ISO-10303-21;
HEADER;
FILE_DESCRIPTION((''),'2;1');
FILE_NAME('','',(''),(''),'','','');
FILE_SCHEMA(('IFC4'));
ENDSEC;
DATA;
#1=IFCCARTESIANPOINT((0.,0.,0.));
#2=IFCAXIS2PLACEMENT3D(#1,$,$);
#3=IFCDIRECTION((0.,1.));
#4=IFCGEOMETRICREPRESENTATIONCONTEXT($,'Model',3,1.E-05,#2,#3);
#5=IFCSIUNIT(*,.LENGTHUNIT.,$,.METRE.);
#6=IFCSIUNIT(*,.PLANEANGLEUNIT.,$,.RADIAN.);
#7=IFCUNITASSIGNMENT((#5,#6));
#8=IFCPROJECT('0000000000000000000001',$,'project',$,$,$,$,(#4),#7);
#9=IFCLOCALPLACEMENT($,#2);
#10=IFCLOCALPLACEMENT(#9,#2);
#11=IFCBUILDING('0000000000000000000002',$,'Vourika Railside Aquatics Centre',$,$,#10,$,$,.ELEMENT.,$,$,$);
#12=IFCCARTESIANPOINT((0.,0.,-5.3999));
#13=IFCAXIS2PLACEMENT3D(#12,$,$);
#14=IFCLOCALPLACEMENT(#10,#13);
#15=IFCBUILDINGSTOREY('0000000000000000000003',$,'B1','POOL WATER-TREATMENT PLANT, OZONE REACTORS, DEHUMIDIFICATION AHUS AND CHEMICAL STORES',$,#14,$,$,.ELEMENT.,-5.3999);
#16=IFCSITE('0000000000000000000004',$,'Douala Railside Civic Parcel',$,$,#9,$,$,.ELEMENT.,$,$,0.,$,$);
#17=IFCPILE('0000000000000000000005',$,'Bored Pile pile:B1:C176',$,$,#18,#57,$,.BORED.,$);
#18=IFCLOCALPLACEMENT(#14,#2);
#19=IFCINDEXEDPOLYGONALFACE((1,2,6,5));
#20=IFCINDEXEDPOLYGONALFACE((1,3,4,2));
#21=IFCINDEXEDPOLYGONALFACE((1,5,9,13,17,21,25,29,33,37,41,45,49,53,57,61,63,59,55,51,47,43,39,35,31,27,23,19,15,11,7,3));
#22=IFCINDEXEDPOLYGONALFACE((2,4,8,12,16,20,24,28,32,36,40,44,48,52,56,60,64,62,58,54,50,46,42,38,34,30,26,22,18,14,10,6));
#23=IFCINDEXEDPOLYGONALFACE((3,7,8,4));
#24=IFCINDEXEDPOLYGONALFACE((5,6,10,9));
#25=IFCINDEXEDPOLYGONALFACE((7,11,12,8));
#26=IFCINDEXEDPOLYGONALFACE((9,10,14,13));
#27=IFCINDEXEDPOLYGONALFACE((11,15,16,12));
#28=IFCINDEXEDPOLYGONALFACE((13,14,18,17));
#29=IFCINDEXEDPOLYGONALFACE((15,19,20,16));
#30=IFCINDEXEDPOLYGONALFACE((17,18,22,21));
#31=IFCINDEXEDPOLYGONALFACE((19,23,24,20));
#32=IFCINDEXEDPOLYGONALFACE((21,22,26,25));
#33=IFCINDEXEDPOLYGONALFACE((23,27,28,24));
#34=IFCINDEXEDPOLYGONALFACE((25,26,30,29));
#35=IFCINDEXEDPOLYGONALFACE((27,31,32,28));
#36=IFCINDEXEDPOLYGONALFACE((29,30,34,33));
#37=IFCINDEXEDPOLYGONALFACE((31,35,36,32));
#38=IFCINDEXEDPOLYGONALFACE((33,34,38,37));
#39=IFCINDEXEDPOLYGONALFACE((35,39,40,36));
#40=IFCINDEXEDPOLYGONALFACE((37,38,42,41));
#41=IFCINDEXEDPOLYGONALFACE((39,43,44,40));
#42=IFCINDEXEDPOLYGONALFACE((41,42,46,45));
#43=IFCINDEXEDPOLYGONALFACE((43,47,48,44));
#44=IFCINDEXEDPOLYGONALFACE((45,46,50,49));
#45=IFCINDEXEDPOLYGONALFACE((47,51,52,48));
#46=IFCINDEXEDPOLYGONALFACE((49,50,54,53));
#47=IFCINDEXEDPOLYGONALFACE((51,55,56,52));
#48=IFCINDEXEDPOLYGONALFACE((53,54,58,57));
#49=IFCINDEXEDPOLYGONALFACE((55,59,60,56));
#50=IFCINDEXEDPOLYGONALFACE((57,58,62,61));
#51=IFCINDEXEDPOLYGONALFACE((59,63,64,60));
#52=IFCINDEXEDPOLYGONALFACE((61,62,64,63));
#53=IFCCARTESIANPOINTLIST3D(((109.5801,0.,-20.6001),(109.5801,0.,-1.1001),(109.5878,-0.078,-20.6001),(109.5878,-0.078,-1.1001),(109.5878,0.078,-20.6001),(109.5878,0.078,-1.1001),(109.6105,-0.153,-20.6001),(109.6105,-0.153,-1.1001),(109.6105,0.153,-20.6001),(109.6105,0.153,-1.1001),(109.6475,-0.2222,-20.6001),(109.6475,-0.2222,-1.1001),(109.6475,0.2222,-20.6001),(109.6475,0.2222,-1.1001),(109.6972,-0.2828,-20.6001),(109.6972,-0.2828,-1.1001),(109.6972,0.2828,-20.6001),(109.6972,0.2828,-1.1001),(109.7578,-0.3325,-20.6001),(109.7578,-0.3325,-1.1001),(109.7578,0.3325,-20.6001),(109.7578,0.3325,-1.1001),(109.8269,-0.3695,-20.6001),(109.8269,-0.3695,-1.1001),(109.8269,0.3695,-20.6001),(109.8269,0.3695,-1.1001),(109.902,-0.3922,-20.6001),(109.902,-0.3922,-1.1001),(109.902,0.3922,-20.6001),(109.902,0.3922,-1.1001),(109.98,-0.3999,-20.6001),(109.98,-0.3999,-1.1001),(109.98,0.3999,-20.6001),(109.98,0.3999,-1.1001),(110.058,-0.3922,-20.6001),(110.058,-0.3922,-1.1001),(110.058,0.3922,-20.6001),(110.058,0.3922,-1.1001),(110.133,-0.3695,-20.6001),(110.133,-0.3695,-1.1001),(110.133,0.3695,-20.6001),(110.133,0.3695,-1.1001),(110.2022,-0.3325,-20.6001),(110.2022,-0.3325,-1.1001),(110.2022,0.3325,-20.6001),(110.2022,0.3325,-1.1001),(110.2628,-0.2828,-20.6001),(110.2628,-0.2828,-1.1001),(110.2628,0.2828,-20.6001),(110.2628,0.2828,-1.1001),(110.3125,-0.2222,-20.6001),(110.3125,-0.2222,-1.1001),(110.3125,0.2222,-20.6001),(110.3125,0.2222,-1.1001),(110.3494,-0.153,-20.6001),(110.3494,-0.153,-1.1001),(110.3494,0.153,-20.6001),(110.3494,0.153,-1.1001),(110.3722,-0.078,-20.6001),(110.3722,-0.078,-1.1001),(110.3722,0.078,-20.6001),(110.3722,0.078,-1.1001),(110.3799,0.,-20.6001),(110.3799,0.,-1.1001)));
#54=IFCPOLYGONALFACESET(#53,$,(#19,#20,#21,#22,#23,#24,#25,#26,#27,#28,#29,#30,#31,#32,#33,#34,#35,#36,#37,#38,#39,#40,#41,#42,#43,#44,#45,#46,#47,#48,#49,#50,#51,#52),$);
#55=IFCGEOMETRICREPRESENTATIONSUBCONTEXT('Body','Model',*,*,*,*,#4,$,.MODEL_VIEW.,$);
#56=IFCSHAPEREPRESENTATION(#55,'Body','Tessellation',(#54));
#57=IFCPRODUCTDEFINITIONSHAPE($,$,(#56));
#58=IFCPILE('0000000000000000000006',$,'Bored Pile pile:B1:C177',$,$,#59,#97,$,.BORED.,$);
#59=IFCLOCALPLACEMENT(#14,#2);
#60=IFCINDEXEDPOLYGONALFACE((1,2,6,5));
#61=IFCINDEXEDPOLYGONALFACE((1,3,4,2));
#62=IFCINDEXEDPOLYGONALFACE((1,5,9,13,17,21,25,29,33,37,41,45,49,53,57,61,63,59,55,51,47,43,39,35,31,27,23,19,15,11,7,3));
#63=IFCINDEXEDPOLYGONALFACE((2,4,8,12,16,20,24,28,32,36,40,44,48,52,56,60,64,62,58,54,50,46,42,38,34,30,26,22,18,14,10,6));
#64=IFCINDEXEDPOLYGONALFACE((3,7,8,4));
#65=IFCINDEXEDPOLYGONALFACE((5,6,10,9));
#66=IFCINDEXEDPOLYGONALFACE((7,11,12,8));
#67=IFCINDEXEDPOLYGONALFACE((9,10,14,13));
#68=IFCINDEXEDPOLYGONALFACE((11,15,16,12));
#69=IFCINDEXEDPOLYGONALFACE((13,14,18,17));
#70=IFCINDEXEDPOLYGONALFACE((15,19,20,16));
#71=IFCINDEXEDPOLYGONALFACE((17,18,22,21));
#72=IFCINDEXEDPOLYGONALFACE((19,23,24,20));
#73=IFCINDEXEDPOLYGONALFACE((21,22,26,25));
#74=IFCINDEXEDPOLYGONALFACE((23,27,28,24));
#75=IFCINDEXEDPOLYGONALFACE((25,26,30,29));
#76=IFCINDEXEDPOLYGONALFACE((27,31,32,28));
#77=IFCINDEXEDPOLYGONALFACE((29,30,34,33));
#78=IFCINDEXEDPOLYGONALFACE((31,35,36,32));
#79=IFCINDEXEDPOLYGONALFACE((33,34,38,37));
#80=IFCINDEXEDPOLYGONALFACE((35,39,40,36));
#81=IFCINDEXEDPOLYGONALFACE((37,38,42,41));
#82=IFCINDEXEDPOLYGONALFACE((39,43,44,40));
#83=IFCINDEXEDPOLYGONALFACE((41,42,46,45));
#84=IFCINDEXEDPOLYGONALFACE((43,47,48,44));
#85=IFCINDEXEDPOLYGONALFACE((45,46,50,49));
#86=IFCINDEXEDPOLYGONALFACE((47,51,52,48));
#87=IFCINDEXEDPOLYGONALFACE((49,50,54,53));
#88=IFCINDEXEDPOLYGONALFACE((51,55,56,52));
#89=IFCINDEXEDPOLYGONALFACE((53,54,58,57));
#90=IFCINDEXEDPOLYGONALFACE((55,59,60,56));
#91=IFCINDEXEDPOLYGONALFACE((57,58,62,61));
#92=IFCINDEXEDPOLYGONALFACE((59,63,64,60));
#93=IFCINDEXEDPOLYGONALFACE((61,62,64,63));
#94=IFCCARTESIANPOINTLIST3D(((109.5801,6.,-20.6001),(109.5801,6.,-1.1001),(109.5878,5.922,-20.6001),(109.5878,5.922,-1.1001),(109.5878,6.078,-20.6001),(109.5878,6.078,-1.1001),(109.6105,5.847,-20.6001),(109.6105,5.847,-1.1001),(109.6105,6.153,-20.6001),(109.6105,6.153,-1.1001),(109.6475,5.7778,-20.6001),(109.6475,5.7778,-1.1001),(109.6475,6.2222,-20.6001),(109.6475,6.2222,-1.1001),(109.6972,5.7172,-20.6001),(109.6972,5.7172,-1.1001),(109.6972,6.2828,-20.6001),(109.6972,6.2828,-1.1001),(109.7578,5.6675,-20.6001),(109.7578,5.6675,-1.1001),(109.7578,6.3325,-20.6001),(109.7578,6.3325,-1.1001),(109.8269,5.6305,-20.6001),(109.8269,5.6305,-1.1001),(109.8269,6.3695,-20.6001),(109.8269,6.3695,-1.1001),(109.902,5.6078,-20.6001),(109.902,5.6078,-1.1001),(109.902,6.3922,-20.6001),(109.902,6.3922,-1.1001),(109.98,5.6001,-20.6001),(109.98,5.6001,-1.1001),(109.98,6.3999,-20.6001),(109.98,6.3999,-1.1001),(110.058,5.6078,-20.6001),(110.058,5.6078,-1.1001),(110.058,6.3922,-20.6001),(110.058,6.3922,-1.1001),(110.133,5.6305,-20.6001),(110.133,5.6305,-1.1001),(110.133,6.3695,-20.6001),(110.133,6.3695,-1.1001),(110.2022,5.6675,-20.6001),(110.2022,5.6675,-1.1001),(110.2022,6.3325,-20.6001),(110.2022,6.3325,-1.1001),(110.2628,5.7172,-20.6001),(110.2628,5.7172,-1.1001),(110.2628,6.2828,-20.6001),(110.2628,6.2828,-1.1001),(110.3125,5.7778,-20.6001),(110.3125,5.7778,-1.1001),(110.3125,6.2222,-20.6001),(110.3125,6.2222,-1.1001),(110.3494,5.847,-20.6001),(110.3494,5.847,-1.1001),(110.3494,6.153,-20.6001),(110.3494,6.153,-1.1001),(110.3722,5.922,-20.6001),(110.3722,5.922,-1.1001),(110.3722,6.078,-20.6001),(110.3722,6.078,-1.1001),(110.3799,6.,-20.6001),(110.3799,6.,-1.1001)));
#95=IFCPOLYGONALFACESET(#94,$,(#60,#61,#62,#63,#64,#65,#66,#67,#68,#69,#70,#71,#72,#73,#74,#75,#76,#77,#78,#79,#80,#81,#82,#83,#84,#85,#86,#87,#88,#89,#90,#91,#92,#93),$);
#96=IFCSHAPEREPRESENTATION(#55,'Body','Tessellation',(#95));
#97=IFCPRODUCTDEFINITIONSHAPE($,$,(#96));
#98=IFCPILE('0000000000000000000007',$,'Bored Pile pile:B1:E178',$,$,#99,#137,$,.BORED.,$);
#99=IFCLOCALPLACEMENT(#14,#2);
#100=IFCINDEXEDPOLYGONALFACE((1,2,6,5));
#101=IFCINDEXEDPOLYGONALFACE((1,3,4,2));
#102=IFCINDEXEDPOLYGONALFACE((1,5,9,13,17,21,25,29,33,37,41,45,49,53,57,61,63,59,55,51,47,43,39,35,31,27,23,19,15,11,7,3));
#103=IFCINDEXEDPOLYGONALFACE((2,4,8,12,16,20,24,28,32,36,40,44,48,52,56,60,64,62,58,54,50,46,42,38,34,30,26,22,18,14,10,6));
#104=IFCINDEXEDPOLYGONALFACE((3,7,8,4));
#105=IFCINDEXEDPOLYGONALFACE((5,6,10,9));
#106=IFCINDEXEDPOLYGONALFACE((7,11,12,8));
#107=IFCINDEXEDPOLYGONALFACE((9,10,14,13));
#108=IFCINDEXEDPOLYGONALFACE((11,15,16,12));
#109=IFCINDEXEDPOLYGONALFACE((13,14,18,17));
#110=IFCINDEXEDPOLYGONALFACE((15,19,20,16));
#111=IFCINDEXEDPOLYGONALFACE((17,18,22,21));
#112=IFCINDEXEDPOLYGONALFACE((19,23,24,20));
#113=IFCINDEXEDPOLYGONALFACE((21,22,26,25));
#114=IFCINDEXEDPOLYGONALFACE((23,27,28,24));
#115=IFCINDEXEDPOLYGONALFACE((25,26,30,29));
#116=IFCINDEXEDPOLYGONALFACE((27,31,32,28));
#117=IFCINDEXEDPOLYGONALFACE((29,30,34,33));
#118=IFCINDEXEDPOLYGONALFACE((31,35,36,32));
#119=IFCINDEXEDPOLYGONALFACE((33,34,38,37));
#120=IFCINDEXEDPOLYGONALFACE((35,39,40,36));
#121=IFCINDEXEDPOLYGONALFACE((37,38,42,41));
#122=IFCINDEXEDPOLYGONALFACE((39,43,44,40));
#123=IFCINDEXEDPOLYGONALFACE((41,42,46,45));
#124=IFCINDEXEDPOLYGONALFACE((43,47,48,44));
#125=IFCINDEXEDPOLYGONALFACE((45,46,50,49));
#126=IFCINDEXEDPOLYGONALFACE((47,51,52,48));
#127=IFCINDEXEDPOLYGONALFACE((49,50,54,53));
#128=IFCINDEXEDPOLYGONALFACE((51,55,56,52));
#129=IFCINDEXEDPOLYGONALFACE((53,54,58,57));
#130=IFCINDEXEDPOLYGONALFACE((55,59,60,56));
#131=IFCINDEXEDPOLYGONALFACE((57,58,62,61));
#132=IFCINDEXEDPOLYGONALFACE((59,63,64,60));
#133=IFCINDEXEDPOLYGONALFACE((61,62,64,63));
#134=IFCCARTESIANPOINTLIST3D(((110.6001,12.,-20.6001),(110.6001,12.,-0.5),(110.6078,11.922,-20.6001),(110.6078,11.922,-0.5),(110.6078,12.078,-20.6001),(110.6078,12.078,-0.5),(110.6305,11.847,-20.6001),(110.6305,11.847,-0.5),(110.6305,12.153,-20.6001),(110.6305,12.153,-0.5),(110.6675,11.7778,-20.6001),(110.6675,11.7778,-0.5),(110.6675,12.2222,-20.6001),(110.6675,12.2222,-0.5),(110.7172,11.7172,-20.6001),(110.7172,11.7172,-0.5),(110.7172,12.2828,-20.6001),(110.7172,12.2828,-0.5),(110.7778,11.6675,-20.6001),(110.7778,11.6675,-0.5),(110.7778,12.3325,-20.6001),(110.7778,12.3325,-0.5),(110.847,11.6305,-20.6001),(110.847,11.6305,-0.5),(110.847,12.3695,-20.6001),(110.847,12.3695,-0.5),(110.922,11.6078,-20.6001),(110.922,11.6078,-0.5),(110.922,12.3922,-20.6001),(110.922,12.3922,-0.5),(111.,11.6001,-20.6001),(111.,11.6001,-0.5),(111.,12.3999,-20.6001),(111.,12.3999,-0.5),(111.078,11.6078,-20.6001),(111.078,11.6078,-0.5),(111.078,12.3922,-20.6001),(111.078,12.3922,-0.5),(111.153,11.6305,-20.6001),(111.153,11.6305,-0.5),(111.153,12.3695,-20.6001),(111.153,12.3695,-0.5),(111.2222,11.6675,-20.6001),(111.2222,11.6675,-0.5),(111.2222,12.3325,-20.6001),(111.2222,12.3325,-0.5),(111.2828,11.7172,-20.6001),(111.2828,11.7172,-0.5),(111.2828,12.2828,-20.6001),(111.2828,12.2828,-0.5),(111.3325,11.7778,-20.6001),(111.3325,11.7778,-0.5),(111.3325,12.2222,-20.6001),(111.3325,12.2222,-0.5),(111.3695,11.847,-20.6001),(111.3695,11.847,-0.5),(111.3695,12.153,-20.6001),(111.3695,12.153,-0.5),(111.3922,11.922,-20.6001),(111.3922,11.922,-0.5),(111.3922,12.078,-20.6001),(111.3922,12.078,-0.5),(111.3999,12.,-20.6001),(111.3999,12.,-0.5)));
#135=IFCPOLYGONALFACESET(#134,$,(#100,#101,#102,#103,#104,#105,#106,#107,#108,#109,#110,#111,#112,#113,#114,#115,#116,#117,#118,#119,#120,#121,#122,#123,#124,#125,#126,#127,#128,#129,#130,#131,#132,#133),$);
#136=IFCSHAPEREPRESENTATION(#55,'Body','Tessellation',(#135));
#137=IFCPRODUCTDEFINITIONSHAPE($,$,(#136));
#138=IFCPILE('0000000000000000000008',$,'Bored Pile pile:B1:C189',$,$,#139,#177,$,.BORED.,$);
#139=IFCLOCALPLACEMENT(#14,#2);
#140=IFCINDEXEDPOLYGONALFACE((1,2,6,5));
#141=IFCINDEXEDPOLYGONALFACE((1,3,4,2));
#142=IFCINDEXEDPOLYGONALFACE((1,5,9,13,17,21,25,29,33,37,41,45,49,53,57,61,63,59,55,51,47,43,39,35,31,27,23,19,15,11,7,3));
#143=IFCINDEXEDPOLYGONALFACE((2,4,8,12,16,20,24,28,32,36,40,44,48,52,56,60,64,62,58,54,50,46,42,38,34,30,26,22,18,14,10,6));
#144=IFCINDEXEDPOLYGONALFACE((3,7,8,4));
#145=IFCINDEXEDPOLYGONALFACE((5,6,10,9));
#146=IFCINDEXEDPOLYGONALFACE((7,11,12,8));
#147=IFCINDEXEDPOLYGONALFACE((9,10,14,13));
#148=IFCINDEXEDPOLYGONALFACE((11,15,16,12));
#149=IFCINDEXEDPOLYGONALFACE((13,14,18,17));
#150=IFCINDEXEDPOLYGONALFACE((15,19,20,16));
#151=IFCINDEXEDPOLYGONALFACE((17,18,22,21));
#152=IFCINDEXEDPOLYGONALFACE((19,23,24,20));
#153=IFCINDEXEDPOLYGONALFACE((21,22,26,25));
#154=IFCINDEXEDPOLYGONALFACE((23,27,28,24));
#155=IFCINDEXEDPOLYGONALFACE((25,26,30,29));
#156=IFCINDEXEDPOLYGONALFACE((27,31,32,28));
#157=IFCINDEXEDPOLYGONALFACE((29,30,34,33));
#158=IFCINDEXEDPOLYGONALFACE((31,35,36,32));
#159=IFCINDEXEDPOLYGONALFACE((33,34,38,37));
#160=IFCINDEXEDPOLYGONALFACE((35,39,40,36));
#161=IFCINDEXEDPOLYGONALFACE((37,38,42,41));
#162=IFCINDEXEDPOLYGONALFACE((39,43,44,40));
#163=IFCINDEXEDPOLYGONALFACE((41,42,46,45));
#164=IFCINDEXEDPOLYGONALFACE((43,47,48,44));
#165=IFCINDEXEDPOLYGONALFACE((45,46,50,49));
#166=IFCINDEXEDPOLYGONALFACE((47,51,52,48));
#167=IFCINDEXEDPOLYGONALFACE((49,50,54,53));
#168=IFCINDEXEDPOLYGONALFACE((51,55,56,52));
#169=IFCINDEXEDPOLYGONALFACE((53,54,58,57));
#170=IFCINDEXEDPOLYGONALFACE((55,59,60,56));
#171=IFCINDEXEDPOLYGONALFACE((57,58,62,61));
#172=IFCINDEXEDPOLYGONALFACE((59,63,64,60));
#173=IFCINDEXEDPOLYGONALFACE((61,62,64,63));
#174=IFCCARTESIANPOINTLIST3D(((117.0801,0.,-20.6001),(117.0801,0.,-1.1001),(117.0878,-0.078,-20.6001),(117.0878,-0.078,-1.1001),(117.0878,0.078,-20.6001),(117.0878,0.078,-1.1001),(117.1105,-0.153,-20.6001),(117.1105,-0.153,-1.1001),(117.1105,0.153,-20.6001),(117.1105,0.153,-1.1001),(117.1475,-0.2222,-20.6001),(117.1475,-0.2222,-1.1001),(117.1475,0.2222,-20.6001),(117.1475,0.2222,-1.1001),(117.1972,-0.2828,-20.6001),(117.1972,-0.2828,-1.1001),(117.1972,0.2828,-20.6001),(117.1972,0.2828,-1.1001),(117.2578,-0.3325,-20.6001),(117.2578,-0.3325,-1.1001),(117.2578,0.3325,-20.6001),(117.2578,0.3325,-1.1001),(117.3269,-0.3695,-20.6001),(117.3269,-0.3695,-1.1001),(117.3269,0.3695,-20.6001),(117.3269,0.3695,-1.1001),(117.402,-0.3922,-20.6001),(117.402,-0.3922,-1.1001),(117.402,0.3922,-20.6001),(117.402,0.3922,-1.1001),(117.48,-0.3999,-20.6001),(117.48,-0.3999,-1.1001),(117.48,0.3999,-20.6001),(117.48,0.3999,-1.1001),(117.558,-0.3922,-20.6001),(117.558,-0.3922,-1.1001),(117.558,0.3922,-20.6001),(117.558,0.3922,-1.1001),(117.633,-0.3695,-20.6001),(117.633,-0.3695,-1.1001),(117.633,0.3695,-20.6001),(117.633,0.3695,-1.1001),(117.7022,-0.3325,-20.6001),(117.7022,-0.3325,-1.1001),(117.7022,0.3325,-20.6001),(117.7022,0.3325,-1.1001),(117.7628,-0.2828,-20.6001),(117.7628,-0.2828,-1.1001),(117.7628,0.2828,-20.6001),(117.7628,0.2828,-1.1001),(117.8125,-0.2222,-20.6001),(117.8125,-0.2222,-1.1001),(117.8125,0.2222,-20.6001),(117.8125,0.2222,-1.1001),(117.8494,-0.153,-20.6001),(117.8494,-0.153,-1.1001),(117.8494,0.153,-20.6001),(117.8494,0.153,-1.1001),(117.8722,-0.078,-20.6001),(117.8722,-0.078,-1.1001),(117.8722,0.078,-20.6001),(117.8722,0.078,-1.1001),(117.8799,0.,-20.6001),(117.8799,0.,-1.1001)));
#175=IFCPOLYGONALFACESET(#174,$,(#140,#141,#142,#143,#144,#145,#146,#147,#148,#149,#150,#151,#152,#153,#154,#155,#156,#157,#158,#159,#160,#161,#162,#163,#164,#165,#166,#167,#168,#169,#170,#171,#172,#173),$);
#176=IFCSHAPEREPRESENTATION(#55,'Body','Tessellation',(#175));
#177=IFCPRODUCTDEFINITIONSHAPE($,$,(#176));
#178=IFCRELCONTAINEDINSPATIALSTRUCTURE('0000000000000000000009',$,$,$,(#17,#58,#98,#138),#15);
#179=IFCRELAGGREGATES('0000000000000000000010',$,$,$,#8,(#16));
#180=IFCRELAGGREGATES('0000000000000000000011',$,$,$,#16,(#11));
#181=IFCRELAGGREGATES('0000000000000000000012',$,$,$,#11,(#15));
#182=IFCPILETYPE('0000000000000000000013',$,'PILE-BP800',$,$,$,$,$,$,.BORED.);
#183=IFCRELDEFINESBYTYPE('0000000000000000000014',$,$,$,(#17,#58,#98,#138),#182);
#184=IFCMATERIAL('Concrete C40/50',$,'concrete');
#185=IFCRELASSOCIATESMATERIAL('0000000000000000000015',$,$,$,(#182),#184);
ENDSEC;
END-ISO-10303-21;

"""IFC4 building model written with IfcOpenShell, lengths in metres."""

from ifc_helpers import new_model, si_unit, direction, frame, origin, origin_2d, place, context, subcontext, project, spatial, circle, extrude, material, material_profile, profile_set, type_object, element, save


model = new_model("IFC4")

# Units and contexts
model_context = context("Model", 3, precision=1e-05, world=origin(), true_north=direction((0.0, 1.0)))
body_context = subcontext(model_context, "Body", "Model", "MODEL_VIEW")
ifc_project = project(units=[si_unit("LENGTHUNIT", "METRE"), si_unit("PLANEANGLEUNIT", "RADIAN")], contexts=[model_context])

# Site, building, storey
site_placement = place(None, origin())
site = spatial("IfcSite", under=ifc_project, at=site_placement, Name="Douala Railside Civic Parcel", CompositionType="ELEMENT", RefElevation=0.0)
building_placement = place(site_placement, origin())
building = spatial("IfcBuilding", under=site, at=building_placement, Name="Vourika Railside Aquatics Centre", CompositionType="ELEMENT")
storey_placement = place(building_placement, frame((0.0, 0.0, -5.3999)))
storey = spatial("IfcBuildingStorey", under=building, at=storey_placement, Name="B1", Description="POOL WATER-TREATMENT PLANT, OZONE REACTORS, DEHUMIDIFICATION AHUS AND CHEMICAL STORES", CompositionType="ELEMENT", Elevation=-5.3999)

# Shared definitions
ifc_material_1 = material(Name="Concrete C40/50", Category="concrete")

# Piles
ifc_material_profile_1 = material_profile(ifc_material_1, circle(Radius=0.3999, at=origin_2d()), Name="BP 800")
ifc_profile_set_1 = profile_set([ifc_material_profile_1], Name="Concrete C40/50")
pile_type = type_object("IfcPileType", Name="PILE-BP800", PredefinedType="BORED", material=ifc_profile_set_1)
for number, where, z_axis, x_axis, name in (
    (1, (109.98, 0.0, -1.1001), (0.0, 0.0, -1.0), (1.0, 0.0, 0.0), "Bored Pile pile:B1:C176"),
    (2, (109.98, 6.0, -1.1001), (0.0, 0.0, -1.0), (1.0, 0.0, 0.0), "Bored Pile pile:B1:C177"),
):
    element("IfcPile", number, at=place(storey_placement, frame(where, z_axis=z_axis, x_axis=x_axis)), inside=storey, type_object=pile_type, Name=name, PredefinedType="BORED", context=body_context, shape_type="SweptSolid", body=[
        extrude(circle(Radius=0.3999, at=origin_2d()), origin(), (0.0, 0.0, 1.0), 19.5),
    ])
pile_1_placement = place(storey_placement, frame((111.0, 12.0, -0.5), z_axis=(0.0, 0.0, -1.0), x_axis=(1.0, 0.0, 0.0)))
element("IfcPile", 3, at=pile_1_placement, inside=storey, type_object=pile_type, Name="Bored Pile pile:B1:E178", PredefinedType="BORED", context=body_context, shape_type="SweptSolid", body=[
    extrude(circle(Radius=0.3999, at=origin_2d()), origin(), (0.0, 0.0, 1.0), 20.1001),
])
for number, where, z_axis, x_axis, name in (
    (4, (117.48, 0.0, -1.1001), (0.0, 0.0, -1.0), (1.0, 0.0, 0.0), "Bored Pile pile:B1:C189"),
):
    element("IfcPile", number, at=place(storey_placement, frame(where, z_axis=z_axis, x_axis=x_axis)), inside=storey, type_object=pile_type, Name=name, PredefinedType="BORED", context=body_context, shape_type="SweptSolid", body=[
        extrude(circle(Radius=0.3999, at=origin_2d()), origin(), (0.0, 0.0, 1.0), 19.5),
    ])

save(model, "model.ifc")
